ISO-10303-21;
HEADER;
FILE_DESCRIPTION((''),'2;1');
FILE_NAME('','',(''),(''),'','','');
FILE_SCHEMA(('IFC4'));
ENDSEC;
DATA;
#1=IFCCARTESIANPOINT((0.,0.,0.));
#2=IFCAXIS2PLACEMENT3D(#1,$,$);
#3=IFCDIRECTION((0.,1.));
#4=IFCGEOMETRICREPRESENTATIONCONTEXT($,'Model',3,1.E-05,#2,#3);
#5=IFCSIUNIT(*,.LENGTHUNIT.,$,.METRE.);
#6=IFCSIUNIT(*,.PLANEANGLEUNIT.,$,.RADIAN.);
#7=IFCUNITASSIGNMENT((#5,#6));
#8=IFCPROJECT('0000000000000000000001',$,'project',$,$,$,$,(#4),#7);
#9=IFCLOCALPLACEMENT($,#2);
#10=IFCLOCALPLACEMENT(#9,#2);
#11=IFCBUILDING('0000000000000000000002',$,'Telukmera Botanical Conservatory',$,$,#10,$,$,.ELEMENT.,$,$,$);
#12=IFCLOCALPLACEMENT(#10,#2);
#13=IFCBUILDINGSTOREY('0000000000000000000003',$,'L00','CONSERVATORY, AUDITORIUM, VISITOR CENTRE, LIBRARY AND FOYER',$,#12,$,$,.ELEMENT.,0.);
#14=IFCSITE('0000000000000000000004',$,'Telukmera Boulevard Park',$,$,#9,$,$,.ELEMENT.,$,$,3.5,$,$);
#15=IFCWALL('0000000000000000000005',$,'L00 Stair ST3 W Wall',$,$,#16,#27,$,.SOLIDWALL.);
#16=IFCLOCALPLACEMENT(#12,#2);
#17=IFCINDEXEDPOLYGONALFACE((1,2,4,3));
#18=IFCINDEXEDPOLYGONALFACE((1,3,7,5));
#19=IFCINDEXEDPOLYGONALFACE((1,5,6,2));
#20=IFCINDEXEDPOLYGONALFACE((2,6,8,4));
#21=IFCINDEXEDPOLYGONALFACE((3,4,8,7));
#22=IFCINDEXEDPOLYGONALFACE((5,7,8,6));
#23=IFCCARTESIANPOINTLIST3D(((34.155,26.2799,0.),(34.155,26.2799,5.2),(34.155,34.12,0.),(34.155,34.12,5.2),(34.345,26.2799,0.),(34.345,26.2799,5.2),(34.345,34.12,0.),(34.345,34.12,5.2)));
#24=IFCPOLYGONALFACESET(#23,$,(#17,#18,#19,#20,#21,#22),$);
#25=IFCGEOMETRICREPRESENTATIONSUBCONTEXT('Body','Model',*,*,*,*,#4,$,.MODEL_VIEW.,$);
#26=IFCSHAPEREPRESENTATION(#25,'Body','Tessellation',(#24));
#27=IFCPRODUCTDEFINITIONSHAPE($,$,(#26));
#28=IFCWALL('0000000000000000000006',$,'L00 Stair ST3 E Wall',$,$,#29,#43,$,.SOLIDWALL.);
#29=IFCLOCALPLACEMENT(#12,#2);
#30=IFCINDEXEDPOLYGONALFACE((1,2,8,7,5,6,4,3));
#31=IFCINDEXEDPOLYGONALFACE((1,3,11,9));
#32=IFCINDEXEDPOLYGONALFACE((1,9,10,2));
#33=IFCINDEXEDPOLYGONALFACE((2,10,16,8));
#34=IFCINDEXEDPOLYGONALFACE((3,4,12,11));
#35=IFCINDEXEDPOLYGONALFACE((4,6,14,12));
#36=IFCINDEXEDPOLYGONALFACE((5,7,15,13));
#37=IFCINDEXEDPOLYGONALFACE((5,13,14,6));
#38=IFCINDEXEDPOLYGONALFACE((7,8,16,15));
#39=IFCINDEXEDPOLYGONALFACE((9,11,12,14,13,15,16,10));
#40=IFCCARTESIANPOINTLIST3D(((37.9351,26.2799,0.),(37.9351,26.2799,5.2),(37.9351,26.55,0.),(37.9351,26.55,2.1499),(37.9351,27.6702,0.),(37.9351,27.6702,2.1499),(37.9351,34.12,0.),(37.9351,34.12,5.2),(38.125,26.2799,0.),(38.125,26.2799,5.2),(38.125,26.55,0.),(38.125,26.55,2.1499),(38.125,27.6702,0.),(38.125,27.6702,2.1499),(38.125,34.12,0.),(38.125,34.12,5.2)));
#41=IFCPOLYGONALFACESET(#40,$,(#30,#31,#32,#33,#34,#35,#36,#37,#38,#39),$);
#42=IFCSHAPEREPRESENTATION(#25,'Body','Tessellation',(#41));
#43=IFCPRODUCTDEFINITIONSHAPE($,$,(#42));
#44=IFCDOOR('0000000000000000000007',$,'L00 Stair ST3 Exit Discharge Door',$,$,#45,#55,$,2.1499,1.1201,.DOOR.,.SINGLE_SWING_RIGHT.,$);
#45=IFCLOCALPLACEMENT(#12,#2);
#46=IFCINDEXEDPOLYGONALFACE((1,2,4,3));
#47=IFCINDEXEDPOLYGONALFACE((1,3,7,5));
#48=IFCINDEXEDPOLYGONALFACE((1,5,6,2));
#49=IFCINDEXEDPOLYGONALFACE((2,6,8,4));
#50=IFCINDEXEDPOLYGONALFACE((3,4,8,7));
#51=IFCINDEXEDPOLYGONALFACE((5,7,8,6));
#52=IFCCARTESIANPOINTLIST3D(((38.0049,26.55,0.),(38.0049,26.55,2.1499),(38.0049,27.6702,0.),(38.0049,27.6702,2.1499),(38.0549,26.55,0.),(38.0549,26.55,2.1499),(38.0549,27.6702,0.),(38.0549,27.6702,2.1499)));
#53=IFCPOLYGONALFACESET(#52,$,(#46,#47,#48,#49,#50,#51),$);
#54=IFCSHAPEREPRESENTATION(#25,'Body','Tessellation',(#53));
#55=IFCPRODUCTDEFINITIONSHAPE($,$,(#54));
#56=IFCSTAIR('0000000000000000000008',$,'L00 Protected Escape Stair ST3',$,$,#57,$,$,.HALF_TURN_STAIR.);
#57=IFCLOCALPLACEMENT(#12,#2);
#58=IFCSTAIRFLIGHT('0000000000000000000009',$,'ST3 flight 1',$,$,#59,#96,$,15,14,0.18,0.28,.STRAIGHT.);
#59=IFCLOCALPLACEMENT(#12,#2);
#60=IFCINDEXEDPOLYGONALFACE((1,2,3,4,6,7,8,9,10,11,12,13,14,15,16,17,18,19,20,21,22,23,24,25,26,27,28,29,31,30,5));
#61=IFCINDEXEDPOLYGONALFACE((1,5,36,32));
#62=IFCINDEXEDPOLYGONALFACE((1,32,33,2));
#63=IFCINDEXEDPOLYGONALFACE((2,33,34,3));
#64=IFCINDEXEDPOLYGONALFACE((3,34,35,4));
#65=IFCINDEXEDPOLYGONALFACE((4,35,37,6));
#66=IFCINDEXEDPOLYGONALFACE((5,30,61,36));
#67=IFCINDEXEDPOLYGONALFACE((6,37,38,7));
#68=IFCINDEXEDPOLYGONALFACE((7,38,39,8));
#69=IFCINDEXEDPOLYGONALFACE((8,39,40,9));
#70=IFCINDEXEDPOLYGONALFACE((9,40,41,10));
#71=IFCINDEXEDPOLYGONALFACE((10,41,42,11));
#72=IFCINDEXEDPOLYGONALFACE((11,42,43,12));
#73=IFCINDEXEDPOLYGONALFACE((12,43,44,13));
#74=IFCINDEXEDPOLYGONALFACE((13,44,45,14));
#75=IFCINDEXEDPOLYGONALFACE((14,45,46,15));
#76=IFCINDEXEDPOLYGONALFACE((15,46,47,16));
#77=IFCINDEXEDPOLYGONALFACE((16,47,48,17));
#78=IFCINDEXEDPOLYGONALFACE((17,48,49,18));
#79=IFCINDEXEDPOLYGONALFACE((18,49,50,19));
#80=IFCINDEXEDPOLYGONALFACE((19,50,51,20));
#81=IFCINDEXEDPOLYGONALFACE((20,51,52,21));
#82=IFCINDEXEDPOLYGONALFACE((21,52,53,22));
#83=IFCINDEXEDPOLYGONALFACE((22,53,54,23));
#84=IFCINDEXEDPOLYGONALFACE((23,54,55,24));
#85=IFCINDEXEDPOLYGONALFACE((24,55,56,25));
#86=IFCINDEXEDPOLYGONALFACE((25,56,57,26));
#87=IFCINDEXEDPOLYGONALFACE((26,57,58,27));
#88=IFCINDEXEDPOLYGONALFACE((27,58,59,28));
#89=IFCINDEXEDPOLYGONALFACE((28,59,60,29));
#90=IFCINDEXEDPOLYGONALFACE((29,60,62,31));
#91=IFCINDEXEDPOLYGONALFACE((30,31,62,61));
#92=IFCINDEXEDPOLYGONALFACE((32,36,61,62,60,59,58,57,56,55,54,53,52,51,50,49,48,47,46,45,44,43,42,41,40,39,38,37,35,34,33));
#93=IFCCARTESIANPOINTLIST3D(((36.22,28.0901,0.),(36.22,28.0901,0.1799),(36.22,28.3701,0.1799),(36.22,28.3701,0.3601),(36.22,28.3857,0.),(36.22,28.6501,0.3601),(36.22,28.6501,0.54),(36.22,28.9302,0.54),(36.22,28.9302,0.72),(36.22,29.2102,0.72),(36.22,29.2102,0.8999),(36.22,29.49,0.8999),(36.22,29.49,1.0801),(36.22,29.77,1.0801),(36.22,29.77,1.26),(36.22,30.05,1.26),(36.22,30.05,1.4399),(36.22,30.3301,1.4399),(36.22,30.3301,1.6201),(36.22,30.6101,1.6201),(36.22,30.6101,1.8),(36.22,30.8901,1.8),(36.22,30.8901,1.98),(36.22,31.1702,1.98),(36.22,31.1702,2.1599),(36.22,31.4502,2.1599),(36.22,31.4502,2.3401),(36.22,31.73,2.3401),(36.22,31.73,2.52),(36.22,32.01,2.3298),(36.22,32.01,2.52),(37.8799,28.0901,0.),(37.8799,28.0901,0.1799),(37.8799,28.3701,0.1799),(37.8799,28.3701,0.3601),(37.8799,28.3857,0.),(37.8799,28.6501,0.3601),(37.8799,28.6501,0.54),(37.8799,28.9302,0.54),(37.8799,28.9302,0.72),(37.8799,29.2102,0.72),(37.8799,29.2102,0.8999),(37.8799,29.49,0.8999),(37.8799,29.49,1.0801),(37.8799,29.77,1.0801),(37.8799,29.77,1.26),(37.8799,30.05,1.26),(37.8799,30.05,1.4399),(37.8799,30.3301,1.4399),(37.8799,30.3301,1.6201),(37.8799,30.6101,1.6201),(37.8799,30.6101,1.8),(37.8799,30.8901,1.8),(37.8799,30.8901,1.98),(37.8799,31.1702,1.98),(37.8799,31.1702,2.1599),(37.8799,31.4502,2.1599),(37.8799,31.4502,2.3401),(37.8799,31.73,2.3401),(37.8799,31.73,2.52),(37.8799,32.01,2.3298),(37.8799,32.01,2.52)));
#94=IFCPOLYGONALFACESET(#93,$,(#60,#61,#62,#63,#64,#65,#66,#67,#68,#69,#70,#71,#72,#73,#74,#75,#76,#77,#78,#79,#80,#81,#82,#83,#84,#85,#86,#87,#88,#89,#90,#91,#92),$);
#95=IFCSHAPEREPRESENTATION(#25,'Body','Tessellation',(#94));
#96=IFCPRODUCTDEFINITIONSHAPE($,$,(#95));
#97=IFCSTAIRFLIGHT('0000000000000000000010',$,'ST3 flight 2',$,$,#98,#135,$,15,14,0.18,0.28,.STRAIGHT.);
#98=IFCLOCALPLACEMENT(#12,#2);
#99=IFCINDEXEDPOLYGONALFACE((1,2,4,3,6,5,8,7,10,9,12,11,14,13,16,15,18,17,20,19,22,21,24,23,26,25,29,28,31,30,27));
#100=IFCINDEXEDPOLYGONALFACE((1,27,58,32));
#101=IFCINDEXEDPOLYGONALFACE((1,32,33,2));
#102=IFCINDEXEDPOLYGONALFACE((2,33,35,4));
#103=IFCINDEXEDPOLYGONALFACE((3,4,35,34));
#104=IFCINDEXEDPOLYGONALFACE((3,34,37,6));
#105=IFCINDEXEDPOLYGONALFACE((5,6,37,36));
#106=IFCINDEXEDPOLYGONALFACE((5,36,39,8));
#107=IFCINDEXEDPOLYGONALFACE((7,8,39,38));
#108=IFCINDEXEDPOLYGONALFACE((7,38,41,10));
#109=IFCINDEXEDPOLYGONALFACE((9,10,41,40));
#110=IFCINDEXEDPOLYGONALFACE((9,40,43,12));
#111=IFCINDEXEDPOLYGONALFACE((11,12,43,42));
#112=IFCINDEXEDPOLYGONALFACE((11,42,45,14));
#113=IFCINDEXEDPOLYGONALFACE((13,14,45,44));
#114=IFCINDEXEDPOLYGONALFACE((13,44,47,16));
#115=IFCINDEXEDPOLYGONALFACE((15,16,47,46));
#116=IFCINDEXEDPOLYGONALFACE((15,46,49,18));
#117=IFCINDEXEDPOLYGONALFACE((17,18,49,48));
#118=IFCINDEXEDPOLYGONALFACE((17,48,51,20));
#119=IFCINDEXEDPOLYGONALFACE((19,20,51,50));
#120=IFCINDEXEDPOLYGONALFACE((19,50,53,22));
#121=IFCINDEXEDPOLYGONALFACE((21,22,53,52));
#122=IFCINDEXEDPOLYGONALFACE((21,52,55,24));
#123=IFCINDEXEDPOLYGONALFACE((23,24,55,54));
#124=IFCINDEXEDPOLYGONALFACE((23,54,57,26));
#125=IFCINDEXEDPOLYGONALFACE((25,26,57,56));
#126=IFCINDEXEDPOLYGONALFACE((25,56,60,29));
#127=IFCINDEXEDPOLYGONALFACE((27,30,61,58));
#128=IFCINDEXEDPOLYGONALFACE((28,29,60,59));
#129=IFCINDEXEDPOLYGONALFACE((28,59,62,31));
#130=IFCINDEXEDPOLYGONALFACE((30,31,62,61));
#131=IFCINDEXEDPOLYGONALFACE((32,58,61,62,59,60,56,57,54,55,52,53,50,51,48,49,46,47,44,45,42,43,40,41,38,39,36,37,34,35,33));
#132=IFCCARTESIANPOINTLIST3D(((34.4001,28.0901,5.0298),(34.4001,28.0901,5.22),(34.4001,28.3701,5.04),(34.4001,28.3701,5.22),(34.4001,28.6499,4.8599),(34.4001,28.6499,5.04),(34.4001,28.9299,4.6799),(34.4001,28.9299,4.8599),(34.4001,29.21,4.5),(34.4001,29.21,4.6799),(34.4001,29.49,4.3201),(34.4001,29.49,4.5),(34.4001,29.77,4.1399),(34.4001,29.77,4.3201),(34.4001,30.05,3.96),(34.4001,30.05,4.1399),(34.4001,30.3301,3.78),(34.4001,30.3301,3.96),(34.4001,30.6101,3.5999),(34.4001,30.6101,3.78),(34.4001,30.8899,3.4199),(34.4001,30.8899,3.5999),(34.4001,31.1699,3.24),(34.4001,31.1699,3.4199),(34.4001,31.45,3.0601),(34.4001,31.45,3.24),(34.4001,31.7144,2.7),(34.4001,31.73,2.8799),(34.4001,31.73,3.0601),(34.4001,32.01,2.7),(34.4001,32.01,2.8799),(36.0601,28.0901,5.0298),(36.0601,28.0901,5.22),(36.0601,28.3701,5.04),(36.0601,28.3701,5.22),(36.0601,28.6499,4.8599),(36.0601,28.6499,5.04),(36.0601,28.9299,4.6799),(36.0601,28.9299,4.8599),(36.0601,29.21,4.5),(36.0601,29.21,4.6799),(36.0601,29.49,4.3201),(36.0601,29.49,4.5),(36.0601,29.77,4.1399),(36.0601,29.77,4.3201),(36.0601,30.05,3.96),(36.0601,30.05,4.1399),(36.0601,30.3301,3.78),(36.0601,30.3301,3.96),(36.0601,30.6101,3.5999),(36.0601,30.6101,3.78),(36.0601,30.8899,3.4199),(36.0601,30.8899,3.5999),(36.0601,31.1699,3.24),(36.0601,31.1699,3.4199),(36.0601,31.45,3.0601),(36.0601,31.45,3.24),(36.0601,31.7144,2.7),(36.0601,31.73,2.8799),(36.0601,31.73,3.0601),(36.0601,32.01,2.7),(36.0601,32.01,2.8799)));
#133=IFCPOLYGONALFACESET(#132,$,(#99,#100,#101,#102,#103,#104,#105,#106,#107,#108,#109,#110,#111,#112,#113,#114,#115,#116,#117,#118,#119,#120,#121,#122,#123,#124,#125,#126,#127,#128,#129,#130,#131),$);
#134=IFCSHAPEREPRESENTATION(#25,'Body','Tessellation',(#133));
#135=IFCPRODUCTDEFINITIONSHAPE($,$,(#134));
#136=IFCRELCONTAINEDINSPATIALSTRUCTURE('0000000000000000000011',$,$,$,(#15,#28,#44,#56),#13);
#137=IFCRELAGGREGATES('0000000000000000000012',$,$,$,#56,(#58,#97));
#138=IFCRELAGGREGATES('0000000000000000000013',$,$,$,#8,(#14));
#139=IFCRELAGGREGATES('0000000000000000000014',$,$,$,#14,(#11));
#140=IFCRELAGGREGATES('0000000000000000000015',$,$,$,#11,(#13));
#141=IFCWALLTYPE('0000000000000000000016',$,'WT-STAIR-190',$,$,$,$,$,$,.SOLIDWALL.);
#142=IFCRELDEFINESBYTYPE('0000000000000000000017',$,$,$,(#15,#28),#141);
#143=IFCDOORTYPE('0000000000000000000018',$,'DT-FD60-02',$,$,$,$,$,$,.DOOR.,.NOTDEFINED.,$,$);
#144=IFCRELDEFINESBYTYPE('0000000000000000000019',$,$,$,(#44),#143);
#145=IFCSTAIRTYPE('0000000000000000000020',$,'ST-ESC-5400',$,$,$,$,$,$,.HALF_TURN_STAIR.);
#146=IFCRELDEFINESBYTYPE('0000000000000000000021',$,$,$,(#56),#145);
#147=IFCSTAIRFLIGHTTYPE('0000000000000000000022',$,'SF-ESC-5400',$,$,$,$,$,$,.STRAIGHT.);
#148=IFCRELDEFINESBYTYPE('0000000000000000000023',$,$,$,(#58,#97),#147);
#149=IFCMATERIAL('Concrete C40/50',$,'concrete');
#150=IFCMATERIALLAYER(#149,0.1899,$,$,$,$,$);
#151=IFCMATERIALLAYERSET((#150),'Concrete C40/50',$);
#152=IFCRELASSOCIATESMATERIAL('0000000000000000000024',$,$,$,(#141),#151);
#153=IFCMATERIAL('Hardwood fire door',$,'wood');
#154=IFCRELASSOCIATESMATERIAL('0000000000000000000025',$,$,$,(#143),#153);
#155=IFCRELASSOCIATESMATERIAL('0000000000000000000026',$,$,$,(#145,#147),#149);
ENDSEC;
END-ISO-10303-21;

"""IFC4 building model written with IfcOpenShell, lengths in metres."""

from ifc_helpers import new_model, si_unit, direction, frame, frame_2d, origin, place, context, subcontext, project, spatial, polyline, rectangle, outline, extrude, material, layer, layer_set, type_object, element, fill, aggregate, save


model = new_model("IFC4")

# Units and contexts
model_context = context("Model", 3, precision=1e-05, world=origin(), true_north=direction((0.0, 1.0)))
body_context = subcontext(model_context, "Body", "Model", "MODEL_VIEW")
ifc_project = project(units=[si_unit("LENGTHUNIT", "METRE"), si_unit("PLANEANGLEUNIT", "RADIAN")], contexts=[model_context])

# Site, building, storey
site_placement = place(None, origin())
site = spatial("IfcSite", under=ifc_project, at=site_placement, Name="Telukmera Boulevard Park", CompositionType="ELEMENT", RefElevation=3.5)
building_placement = place(site_placement, origin())
building = spatial("IfcBuilding", under=site, at=building_placement, Name="Telukmera Botanical Conservatory", CompositionType="ELEMENT")
storey_placement = place(building_placement, origin())
storey = spatial("IfcBuildingStorey", under=building, at=storey_placement, Name="L00", Description="CONSERVATORY, AUDITORIUM, VISITOR CENTRE, LIBRARY AND FOYER", CompositionType="ELEMENT", Elevation=0.0)

# Shared definitions
ifc_material_1 = material(Name="Concrete C40/50", Category="concrete")

# Wall
ifc_layer_1 = layer(ifc_material_1, 0.1899)
ifc_layer_set_1 = layer_set([ifc_layer_1], Name="Concrete C40/50")
wall_type_1 = type_object("IfcWallType", Name="WT-STAIR-190", PredefinedType="SOLIDWALL", material=ifc_layer_set_1)
wall_1_placement = place(storey_placement, frame((34.25, 26.28, 0.0), z_axis=(0.0, 0.0, 1.0), x_axis=(0.0, 1.0, 0.0)))
element("IfcWall", 1, at=wall_1_placement, inside=storey, type_object=wall_type_1, Name="L00 Stair ST3 W Wall", PredefinedType="SOLIDWALL", context=body_context, shape_type="SweptSolid", body=[
    extrude(rectangle(XDim=7.8401, YDim=0.1899, at=frame_2d((3.9199, 0.0))), origin(), (0.0, 0.0, 1.0), 5.2),
])

# Wall, opening, door
wall_2_placement = place(storey_placement, frame((38.03, 26.28, 0.0), z_axis=(0.0, 0.0, 1.0), x_axis=(0.0, 1.0, 0.0)))
wall_2 = element("IfcWall", 2, at=wall_2_placement, inside=storey, type_object=wall_type_1, Name="L00 Stair ST3 E Wall", PredefinedType="SOLIDWALL", context=body_context, shape_type="SweptSolid", body=[
    extrude(rectangle(XDim=7.8401, YDim=0.1899, at=frame_2d((3.9199, 0.0))), origin(), (0.0, 0.0, 1.0), 5.2),
])
opening_1_placement = place(wall_2_placement, frame((0.27, 0.0, 0.0)))
opening_1 = element("IfcOpeningElement", 3, at=opening_1_placement, cuts=wall_2, PredefinedType="OPENING", context=body_context, shape_type="SweptSolid", body=[
    extrude(rectangle(XDim=1.1201, YDim=2.1499, at=frame_2d((0.5601, 1.075))), frame((0.0, 0.105, 0.0), z_axis=(0.0, -1.0, 0.0), x_axis=(1.0, 0.0, 0.0)), (0.0, 0.0, 1.0), 0.21),
])
ifc_material_2 = material(Name="Hardwood fire door", Category="wood")
door_type_1 = type_object("IfcDoorType", Name="DT-FD60-02", OperationType="NOTDEFINED", PredefinedType="DOOR", material=ifc_material_2)
door_1_placement = place(opening_1_placement, frame((1.1201, 0.0, 0.0), z_axis=(0.0, 0.0, 1.0), x_axis=(-1.0, 0.0, 0.0)))
door_1 = element("IfcDoor", 4, at=door_1_placement, inside=storey, type_object=door_type_1, Name="L00 Stair ST3 Exit Discharge Door", OperationType="SINGLE_SWING_RIGHT", OverallHeight=2.1499, OverallWidth=1.1201, PredefinedType="DOOR", context=body_context, shape_type="SweptSolid", body=[
    extrude(rectangle(XDim=1.1201, YDim=2.1499, at=frame_2d((0.5601, 1.075))), frame((0.0, 0.0249, 0.0), z_axis=(0.0, -1.0, 0.0), x_axis=(1.0, 0.0, 0.0)), (0.0, 0.0, 1.0), 0.05),
])
fill(opening_1, door_1)

# Stair, stair flights
stair_type = type_object("IfcStairType", Name="ST-ESC-5400", PredefinedType="HALF_TURN_STAIR", material=ifc_material_1)
stair_placement = place(storey_placement, origin())
stair = element("IfcStair", 5, at=stair_placement, inside=storey, type_object=stair_type, Name="L00 Protected Escape Stair ST3", PredefinedType="HALF_TURN_STAIR")
stair_flight_type = type_object("IfcStairFlightType", Name="SF-ESC-5400", PredefinedType="STRAIGHT", material=ifc_material_1)
stair_flight_1_placement = place(storey_placement, frame((37.05, 28.0901, 0.0), z_axis=(0.0, 0.0, 1.0), x_axis=(0.0, 1.0, 0.0)))
stair_flight_1 = element("IfcStairFlight", 6, at=stair_flight_1_placement, type_object=stair_flight_type, Name="ST3 flight 1", NumberOfRisers=15, NumberOfTreads=14, PredefinedType="STRAIGHT", RiserHeight=0.18, TreadLength=0.28, context=body_context, shape_type="SweptSolid", body=[
    extrude(outline(polyline([(0.0, 0.0), (0.0, 0.1799), (0.28, 0.1799), (0.28, 0.3601), (0.5601, 0.3601), (0.5601, 0.54), (0.8401, 0.54), (0.8401, 0.72), (1.1201, 0.72), (1.1201, 0.8999), (1.3999, 0.8999), (1.3999, 1.0801), (1.6799, 1.0801), (1.6799, 1.26), (1.96, 1.26), (1.96, 1.4399), (2.24, 1.4399), (2.24, 1.6201), (2.52, 1.6201), (2.52, 1.8), (2.8, 1.8), (2.8, 1.98), (3.0801, 1.98), (3.0801, 2.1599), (3.3601, 2.1599), (3.3601, 2.3401), (3.6399, 2.3401), (3.6399, 2.52), (3.9199, 2.52), (3.9199, 2.7), (3.9199, 2.3298), (0.2957, 0.0), (0.0, 0.0)])), frame((0.0, 0.8301, 0.0), z_axis=(0.0, -1.0, 0.0), x_axis=(1.0, 0.0, 0.0)), (0.0, 0.0, 1.0), 1.6599),
])
stair_flight_2_placement = place(storey_placement, frame((35.23, 32.01, 2.7), z_axis=(0.0, 0.0, 1.0), x_axis=(0.0, -1.0, 0.0)))
stair_flight_2 = element("IfcStairFlight", 7, at=stair_flight_2_placement, type_object=stair_flight_type, Name="ST3 flight 2", NumberOfRisers=15, NumberOfTreads=14, PredefinedType="STRAIGHT", RiserHeight=0.18, TreadLength=0.28, context=body_context, shape_type="SweptSolid", body=[
    extrude(outline(polyline([(0.0, 0.0), (0.0, 0.1799), (0.28, 0.1799), (0.28, 0.3601), (0.5601, 0.3601), (0.5601, 0.54), (0.8401, 0.54), (0.8401, 0.72), (1.1201, 0.72), (1.1201, 0.8999), (1.3999, 0.8999), (1.3999, 1.0801), (1.6799, 1.0801), (1.6799, 1.26), (1.96, 1.26), (1.96, 1.4399), (2.24, 1.4399), (2.24, 1.6201), (2.52, 1.6201), (2.52, 1.8), (2.8, 1.8), (2.8, 1.98), (3.0801, 1.98), (3.0801, 2.1599), (3.3601, 2.1599), (3.3601, 2.3401), (3.6399, 2.3401), (3.6399, 2.52), (3.9199, 2.52), (3.9199, 2.7), (3.9199, 2.3298), (0.2957, 0.0), (0.0, 0.0)])), frame((0.0, 0.8301, 0.0), z_axis=(0.0, -1.0, 0.0), x_axis=(1.0, 0.0, 0.0)), (0.0, 0.0, 1.0), 1.6599),
])
aggregate(stair, [stair_flight_1, stair_flight_2])

save(model, "model.ifc")
